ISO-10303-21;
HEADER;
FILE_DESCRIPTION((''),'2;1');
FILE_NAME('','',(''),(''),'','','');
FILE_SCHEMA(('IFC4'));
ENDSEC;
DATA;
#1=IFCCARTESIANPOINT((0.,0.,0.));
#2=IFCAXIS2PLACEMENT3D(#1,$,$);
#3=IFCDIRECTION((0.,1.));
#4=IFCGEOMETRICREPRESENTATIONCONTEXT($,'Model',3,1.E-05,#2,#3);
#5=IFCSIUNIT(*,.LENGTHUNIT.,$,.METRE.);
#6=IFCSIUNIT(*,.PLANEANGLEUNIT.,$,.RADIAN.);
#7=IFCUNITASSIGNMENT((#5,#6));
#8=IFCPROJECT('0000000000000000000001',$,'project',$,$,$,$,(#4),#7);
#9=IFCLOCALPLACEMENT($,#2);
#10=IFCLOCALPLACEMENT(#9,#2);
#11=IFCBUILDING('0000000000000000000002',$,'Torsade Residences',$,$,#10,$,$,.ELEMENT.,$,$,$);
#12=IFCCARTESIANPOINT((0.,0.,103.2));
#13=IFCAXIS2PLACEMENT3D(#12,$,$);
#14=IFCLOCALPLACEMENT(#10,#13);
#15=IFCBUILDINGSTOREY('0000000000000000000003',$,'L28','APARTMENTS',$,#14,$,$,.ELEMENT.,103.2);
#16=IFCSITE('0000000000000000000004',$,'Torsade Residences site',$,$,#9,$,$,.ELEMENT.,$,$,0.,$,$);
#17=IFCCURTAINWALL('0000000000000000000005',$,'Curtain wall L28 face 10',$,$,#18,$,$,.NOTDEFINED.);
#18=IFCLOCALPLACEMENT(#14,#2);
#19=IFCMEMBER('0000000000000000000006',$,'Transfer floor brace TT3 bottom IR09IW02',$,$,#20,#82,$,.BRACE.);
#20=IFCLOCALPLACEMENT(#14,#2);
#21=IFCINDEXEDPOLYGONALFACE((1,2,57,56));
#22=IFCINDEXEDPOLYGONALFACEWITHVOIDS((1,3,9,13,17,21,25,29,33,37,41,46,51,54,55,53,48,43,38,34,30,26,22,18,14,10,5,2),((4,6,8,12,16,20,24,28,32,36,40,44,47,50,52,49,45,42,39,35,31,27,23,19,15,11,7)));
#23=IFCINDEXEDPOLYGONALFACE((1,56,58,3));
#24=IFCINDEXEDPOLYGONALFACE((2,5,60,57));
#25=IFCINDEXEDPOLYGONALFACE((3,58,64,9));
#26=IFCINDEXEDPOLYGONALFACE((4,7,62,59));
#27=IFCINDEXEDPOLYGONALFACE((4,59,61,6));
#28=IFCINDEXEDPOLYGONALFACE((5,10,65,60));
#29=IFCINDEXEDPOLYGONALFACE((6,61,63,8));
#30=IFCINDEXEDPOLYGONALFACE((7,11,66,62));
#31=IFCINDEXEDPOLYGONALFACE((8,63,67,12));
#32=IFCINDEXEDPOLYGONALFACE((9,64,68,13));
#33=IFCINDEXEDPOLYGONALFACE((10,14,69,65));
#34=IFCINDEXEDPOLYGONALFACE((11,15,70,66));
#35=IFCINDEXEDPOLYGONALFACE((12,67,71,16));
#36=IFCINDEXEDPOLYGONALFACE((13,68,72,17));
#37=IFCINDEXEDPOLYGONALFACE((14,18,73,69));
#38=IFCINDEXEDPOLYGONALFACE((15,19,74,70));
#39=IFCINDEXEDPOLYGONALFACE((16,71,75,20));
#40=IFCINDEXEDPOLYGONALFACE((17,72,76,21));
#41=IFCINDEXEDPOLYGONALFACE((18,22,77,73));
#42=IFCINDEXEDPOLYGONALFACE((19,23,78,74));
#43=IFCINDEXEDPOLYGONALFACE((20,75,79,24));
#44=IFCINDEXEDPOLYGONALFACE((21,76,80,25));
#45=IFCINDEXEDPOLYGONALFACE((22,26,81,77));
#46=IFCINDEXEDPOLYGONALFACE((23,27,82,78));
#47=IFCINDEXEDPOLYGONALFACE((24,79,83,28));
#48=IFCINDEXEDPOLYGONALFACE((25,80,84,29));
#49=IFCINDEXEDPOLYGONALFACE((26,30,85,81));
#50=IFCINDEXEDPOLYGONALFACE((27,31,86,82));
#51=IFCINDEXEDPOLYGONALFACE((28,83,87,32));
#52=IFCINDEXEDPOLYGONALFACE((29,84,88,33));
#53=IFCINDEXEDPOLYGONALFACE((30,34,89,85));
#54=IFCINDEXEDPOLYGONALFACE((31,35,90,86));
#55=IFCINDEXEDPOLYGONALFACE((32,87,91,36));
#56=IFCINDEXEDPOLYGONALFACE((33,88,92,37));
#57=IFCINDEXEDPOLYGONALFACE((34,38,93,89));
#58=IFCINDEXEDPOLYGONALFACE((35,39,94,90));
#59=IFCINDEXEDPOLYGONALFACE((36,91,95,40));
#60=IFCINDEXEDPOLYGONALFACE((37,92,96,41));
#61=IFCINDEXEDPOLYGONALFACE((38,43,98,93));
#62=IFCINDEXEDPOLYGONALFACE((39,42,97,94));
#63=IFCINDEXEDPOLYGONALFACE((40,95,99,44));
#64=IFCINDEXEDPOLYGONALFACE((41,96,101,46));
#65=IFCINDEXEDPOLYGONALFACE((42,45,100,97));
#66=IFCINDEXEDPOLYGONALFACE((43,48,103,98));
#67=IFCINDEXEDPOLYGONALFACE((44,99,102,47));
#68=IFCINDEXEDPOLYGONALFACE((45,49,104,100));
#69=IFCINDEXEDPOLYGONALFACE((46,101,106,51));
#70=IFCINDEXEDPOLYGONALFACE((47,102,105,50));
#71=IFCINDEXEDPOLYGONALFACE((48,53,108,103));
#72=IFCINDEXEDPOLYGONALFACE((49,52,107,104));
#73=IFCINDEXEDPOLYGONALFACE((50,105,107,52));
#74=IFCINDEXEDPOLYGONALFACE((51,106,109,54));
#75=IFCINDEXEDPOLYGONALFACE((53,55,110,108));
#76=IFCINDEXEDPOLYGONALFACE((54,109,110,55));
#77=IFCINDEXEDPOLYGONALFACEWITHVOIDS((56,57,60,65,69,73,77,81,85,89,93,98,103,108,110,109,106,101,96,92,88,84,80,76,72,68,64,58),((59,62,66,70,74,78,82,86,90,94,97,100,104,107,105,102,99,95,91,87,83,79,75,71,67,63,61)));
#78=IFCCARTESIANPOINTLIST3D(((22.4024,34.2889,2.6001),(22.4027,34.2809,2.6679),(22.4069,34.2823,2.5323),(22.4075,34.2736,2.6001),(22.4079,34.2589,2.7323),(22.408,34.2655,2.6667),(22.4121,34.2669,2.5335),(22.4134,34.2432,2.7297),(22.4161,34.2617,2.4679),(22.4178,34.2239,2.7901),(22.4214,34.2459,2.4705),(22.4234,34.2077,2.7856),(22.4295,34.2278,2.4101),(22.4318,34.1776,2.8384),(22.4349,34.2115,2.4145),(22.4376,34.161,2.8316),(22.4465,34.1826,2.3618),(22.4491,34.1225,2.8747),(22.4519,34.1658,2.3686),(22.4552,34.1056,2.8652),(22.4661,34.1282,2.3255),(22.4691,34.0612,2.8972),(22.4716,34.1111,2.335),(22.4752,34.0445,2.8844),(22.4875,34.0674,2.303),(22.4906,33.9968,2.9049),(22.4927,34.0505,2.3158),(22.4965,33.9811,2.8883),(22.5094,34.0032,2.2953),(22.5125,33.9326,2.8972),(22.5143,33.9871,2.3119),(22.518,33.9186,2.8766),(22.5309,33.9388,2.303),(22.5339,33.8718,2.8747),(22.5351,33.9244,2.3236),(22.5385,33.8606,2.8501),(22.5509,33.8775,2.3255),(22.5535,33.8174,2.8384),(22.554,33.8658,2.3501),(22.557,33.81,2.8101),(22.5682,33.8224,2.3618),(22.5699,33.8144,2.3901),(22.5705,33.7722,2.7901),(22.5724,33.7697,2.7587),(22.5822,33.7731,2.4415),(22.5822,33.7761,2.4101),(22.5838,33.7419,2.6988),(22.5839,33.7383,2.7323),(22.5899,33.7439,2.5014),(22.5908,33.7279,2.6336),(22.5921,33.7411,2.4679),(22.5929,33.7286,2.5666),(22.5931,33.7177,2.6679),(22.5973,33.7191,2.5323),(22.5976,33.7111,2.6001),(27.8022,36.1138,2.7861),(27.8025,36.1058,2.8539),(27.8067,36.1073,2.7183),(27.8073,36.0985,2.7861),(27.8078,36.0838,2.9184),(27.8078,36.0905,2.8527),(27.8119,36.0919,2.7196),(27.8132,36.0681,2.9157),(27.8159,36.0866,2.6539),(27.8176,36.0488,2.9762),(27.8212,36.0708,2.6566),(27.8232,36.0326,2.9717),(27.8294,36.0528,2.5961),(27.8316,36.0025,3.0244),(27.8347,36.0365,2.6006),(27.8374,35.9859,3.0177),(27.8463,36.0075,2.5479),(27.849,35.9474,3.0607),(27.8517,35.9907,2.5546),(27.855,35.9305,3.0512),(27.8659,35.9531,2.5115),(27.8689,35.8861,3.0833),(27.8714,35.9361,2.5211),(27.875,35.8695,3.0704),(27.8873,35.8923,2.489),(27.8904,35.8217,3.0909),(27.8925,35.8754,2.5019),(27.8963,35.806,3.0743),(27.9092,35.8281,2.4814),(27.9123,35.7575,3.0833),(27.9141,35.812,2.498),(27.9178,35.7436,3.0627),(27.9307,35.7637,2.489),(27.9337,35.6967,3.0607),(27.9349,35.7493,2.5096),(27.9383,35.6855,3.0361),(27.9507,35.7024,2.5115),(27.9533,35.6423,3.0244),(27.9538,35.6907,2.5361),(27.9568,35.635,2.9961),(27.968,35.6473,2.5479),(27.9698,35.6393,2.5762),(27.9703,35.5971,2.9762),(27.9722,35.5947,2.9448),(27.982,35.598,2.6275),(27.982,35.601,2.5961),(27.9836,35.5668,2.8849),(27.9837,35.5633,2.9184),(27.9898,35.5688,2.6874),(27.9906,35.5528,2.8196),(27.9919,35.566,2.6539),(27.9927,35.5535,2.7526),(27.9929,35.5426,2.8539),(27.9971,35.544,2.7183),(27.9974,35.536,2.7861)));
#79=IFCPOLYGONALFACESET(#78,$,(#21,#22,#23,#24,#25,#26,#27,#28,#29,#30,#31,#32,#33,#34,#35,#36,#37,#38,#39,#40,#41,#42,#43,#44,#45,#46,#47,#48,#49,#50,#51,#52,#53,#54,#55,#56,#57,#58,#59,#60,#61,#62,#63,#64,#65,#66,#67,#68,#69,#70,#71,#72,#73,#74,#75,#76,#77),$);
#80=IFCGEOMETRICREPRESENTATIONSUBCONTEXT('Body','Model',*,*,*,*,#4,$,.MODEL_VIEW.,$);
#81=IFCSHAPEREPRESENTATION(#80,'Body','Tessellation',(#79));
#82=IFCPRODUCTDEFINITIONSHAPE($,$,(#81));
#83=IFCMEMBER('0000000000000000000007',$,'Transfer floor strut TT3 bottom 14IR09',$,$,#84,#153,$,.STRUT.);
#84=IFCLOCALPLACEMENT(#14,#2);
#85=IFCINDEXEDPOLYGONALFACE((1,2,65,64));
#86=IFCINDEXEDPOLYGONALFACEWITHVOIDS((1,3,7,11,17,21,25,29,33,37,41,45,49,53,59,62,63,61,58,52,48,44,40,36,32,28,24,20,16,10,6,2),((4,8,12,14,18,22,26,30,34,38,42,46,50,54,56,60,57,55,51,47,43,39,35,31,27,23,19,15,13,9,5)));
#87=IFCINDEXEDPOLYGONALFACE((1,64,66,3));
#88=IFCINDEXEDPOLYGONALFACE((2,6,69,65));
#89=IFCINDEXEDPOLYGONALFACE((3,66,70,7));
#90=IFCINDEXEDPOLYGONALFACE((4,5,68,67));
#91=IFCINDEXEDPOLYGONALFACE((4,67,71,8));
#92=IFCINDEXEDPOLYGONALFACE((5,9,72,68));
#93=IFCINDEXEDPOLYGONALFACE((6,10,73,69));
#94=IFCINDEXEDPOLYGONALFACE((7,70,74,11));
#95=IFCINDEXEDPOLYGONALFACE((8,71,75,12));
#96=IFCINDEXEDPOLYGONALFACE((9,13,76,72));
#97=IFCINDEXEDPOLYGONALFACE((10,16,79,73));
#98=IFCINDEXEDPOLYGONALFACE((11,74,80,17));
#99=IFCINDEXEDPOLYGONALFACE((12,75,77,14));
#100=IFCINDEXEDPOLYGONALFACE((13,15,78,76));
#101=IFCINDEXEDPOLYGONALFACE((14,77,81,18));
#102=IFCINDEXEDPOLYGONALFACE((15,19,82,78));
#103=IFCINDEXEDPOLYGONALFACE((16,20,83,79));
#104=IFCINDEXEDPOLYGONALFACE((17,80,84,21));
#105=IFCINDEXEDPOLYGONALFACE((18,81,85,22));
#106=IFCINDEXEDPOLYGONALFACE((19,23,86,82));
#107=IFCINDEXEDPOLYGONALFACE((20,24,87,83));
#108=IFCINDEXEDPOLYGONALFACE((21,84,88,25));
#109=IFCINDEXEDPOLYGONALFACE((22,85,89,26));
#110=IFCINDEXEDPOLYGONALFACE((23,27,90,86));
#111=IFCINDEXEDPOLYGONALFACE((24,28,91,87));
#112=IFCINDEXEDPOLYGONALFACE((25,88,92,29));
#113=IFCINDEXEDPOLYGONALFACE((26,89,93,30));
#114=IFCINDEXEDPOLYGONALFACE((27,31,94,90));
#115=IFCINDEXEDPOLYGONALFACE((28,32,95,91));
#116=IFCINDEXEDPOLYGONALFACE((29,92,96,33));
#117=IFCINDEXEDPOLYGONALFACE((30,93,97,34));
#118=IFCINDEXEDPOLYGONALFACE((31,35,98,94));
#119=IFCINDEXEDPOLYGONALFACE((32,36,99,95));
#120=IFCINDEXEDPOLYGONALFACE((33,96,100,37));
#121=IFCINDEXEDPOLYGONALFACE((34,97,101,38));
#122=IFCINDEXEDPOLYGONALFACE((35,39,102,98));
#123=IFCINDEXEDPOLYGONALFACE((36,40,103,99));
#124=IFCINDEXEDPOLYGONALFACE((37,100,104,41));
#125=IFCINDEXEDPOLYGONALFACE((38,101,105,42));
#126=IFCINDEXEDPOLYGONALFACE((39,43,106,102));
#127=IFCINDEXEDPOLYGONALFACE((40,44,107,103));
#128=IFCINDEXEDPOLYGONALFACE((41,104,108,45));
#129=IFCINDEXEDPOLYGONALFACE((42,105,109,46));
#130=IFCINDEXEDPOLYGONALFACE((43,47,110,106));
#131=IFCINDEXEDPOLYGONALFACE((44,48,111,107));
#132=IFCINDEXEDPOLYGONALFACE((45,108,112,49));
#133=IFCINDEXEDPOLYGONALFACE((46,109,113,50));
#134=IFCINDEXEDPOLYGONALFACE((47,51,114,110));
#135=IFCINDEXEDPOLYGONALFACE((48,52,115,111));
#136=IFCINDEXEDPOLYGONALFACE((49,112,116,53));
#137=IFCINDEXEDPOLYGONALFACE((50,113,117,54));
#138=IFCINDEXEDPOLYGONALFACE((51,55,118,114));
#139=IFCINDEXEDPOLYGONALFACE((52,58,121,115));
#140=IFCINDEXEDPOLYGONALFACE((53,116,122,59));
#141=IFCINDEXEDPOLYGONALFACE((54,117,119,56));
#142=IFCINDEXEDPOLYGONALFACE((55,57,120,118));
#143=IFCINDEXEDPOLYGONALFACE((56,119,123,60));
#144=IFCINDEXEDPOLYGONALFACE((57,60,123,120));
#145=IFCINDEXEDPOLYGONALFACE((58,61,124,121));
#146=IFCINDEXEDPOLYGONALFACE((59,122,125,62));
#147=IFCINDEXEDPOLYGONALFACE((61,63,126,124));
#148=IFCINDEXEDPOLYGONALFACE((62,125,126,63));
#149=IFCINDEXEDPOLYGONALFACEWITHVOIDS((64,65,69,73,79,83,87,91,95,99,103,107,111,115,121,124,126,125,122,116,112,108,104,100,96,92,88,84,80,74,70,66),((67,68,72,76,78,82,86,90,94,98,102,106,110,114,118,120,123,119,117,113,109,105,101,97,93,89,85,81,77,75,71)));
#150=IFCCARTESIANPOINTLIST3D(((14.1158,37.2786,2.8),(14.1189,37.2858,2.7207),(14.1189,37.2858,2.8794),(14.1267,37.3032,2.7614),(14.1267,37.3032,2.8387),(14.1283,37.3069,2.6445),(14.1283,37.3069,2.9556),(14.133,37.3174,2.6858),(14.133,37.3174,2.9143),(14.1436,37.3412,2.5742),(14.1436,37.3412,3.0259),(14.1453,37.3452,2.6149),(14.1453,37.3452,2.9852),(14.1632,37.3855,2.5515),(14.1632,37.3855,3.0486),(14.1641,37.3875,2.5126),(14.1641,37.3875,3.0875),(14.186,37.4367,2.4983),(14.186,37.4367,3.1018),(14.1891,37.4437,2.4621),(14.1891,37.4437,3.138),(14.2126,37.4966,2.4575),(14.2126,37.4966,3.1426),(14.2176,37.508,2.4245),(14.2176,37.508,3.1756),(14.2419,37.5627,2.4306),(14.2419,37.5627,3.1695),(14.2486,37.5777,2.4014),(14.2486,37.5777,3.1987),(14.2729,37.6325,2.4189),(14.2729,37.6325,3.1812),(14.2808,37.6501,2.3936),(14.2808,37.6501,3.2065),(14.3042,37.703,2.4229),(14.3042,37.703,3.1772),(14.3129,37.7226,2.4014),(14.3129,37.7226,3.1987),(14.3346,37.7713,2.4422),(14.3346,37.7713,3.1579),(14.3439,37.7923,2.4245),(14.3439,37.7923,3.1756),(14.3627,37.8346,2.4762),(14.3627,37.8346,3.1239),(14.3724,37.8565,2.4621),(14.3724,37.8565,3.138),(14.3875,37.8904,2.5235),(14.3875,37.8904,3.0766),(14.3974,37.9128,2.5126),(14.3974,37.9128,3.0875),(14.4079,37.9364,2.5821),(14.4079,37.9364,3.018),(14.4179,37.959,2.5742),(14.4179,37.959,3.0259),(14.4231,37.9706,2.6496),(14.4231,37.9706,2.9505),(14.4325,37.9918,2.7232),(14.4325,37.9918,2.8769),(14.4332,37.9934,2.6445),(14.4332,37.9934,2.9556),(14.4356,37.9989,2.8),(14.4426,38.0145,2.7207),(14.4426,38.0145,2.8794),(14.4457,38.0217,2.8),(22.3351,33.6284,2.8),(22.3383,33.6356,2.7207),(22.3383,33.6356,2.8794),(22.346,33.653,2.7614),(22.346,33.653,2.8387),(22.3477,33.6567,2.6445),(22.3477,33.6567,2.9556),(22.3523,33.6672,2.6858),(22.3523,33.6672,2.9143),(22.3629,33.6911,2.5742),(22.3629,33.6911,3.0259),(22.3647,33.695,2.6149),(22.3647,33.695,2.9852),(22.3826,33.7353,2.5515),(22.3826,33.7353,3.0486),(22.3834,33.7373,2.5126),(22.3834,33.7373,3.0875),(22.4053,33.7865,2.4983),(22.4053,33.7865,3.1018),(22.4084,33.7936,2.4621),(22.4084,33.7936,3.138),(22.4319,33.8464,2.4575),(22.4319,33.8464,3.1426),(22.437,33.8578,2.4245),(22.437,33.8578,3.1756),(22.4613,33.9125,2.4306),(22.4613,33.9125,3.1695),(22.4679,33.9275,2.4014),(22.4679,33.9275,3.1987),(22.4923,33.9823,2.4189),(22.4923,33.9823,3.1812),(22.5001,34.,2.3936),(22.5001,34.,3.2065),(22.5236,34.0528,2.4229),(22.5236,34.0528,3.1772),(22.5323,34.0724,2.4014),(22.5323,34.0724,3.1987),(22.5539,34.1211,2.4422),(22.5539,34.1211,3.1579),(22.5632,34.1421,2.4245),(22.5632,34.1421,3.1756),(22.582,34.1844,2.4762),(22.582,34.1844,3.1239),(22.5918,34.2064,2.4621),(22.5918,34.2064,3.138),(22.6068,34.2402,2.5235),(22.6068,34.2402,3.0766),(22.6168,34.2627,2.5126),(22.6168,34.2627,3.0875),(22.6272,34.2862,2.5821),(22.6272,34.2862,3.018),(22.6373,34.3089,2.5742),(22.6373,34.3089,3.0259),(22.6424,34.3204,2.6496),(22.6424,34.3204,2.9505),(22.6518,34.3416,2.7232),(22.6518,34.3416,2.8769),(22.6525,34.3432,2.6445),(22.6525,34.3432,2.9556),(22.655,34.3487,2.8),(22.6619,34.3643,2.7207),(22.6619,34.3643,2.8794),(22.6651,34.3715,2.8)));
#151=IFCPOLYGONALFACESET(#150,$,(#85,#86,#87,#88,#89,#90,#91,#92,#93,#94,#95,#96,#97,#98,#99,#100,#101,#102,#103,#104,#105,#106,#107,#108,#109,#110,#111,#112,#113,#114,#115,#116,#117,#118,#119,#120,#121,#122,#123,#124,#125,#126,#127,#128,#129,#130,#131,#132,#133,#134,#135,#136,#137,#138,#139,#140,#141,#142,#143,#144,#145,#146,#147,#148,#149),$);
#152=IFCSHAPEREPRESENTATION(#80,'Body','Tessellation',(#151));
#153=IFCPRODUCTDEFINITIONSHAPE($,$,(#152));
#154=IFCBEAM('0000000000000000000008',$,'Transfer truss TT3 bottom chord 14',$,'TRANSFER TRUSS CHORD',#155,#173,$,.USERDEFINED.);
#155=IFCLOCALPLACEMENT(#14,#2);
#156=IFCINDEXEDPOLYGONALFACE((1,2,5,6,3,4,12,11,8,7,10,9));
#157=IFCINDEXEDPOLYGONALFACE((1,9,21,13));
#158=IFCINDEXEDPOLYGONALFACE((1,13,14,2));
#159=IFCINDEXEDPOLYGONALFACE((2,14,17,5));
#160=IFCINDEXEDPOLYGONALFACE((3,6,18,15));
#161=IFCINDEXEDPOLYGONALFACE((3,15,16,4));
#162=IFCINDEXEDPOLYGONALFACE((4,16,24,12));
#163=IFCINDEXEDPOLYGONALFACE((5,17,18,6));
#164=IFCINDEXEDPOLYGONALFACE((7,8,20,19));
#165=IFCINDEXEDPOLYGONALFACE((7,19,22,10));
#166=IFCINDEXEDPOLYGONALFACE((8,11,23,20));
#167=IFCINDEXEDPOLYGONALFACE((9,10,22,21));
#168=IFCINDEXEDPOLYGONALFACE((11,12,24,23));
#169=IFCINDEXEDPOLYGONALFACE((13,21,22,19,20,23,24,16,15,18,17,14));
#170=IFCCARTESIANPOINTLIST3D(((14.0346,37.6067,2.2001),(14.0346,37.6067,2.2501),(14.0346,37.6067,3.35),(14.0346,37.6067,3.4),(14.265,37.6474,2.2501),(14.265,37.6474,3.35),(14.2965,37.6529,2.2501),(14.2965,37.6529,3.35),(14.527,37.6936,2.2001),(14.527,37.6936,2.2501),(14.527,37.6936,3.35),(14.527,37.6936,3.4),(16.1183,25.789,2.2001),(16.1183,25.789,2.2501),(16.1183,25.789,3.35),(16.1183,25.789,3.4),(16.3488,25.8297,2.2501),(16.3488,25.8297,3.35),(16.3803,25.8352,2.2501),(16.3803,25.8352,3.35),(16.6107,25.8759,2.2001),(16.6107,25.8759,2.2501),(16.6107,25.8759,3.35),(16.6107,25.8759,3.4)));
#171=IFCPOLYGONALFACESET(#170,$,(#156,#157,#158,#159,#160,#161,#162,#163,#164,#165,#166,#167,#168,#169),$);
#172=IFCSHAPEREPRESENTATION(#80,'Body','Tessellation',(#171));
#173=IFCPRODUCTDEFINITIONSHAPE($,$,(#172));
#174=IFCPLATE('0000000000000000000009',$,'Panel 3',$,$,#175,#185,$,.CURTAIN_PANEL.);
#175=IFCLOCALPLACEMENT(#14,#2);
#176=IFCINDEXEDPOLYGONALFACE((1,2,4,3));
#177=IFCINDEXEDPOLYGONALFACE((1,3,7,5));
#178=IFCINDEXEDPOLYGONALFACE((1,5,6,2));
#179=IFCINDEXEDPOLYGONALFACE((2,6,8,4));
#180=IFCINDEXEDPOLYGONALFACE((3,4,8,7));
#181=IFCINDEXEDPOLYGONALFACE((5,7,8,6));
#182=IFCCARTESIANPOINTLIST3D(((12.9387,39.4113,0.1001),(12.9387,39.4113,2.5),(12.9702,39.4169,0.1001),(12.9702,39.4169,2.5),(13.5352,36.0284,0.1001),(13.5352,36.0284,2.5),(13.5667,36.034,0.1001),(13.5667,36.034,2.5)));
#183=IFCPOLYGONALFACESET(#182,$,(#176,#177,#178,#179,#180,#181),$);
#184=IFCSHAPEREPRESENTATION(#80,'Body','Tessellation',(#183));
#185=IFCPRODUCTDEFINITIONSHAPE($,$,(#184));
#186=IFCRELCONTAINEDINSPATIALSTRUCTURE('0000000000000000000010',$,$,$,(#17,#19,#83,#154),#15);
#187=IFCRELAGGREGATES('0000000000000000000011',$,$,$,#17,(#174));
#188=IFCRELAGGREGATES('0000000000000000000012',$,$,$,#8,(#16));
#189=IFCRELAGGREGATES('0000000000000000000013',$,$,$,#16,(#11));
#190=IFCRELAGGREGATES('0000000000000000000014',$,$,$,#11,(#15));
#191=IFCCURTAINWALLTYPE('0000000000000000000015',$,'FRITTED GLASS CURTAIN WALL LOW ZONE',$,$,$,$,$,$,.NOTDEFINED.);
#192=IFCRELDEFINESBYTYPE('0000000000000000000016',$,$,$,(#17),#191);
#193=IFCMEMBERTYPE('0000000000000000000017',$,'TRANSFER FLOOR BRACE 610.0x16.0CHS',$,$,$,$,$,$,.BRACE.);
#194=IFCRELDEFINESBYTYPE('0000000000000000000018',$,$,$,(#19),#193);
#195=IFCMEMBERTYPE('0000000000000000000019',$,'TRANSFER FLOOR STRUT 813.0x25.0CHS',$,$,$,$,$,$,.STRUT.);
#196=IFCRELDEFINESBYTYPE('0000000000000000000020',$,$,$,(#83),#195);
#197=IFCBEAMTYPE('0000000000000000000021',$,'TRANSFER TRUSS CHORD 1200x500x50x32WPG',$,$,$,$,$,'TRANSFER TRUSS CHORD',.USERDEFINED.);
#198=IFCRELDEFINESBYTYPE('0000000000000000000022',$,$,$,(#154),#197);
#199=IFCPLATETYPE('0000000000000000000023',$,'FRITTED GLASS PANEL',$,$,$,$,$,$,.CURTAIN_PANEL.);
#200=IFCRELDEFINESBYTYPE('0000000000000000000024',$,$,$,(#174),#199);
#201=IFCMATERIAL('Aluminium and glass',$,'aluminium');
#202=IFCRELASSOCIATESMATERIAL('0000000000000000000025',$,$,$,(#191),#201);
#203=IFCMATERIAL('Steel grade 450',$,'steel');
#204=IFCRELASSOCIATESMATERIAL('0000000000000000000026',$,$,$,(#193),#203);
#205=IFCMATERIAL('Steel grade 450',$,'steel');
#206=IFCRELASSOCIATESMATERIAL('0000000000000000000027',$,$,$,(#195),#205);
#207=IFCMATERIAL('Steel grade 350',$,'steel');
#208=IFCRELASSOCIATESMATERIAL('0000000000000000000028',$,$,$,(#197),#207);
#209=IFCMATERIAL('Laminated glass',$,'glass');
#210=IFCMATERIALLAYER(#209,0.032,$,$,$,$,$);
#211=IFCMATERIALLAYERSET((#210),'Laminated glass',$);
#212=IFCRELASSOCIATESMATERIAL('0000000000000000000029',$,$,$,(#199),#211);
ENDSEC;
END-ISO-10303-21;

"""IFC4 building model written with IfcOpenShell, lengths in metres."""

from ifc_helpers import new_model, si_unit, direction, frame, origin, origin_2d, place, context, subcontext, project, spatial, rectangle, hollow_circle, i_section, extrude, material, layer, layer_set, material_profile, profile_set, type_object, element, aggregate, save


model = new_model("IFC4")

# Units and contexts
model_context = context("Model", 3, precision=1e-05, world=origin(), true_north=direction((0.0, 1.0)))
body_context = subcontext(model_context, "Body", "Model", "MODEL_VIEW")
ifc_project = project(units=[si_unit("LENGTHUNIT", "METRE"), si_unit("PLANEANGLEUNIT", "RADIAN")], contexts=[model_context])

# Site, building, storey
site_placement = place(None, origin())
site = spatial("IfcSite", under=ifc_project, at=site_placement, Name="Torsade Residences site", CompositionType="ELEMENT", RefElevation=0.0)
building_placement = place(site_placement, origin())
building = spatial("IfcBuilding", under=site, at=building_placement, Name="Torsade Residences", CompositionType="ELEMENT")
storey_placement = place(building_placement, frame((0.0, 0.0, 103.2)))
storey = spatial("IfcBuildingStorey", under=building, at=storey_placement, Name="L28", Description="APARTMENTS", CompositionType="ELEMENT", Elevation=103.2)

# Curtain wall
ifc_material_1 = material(Name="Aluminium and glass", Category="aluminium")
curtain_wall_type = type_object("IfcCurtainWallType", Name="FRITTED GLASS CURTAIN WALL LOW ZONE", PredefinedType="NOTDEFINED", material=ifc_material_1)
curtain_wall_placement = place(storey_placement, origin())
curtain_wall = element("IfcCurtainWall", 1, at=curtain_wall_placement, inside=storey, type_object=curtain_wall_type, Name="Curtain wall L28 face 10", PredefinedType="NOTDEFINED")

# Members
ifc_material_2 = material(Name="Steel grade 450", Category="steel")
ifc_material_profile_1 = material_profile(ifc_material_2, hollow_circle(Radius=0.3049, WallThickness=0.0161, at=origin_2d()), Name="610.0x16.0CHS")
ifc_profile_set_1 = profile_set([ifc_material_profile_1], Name="Steel grade 450")
member_type_1 = type_object("IfcMemberType", Name="TRANSFER FLOOR BRACE 610.0x16.0CHS", PredefinedType="BRACE", material=ifc_profile_set_1)
member_1_placement = place(storey_placement, frame((22.5, 34.0, 2.6001), z_axis=(0.946856, 0.319999, 0.032621), x_axis=(-0.32017, 0.94736, 0.0)))
element("IfcMember", 2, at=member_1_placement, inside=storey, type_object=member_type_1, Name="Transfer floor brace TT3 bottom IR09IW02", PredefinedType="BRACE", context=body_context, shape_type="SweptSolid", body=[
    extrude(hollow_circle(Radius=0.3049, WallThickness=0.0161, at=origin_2d()), origin(), (0.0, 0.0, 1.0), 5.7029),
])
ifc_material_3 = material(Name="Steel grade 450", Category="steel")
ifc_material_profile_2 = material_profile(ifc_material_3, hollow_circle(Radius=0.4065, WallThickness=0.0249, at=origin_2d()), Name="813.0x25.0CHS")
ifc_profile_set_2 = profile_set([ifc_material_profile_2], Name="Steel grade 450")
member_type_2 = type_object("IfcMemberType", Name="TRANSFER FLOOR STRUT 813.0x25.0CHS", PredefinedType="STRUT", material=ifc_profile_set_2)
member_2_placement = place(storey_placement, frame((14.2808, 37.6501, 2.8), z_axis=(0.913929, -0.405874, 0.0), x_axis=(0.405874, 0.913929, 0.0)))
element("IfcMember", 3, at=member_2_placement, inside=storey, type_object=member_type_2, Name="Transfer floor strut TT3 bottom 14IR09", PredefinedType="STRUT", context=body_context, shape_type="SweptSolid", body=[
    extrude(hollow_circle(Radius=0.4065, WallThickness=0.0249, at=origin_2d()), origin(), (0.0, 0.0, 1.0), 8.9934),
])

# Beam
ifc_material_4 = material(Name="Steel grade 350", Category="steel")
ifc_material_profile_3 = material_profile(ifc_material_4, i_section(OverallWidth=0.5, OverallDepth=1.2, WebThickness=0.032, FlangeThickness=0.05, at=origin_2d()), Name="1200x500x50x32WPG")
ifc_profile_set_3 = profile_set([ifc_material_profile_3], Name="Steel grade 350")
beam_type_1 = type_object("IfcBeamType", Name="TRANSFER TRUSS CHORD 1200x500x50x32WPG", ElementType="TRANSFER TRUSS CHORD", PredefinedType="USERDEFINED", material=ifc_profile_set_3)
beam_1_placement = place(storey_placement, frame((14.2808, 37.6501, 2.8), z_axis=(0.173646, -0.984808, 0.0), x_axis=(0.984808, 0.173646, 0.0)))
element("IfcBeam", 4, at=beam_1_placement, inside=storey, type_object=beam_type_1, Name="Transfer truss TT3 bottom chord 14", ObjectType="TRANSFER TRUSS CHORD", PredefinedType="USERDEFINED", context=body_context, shape_type="SweptSolid", body=[
    extrude(i_section(OverallWidth=0.5, OverallDepth=1.2, WebThickness=0.032, FlangeThickness=0.05, at=origin_2d()), origin(), (0.0, 0.0, 1.0), 12.0),
])

# Plate
ifc_material_5 = material(Name="Laminated glass", Category="glass")
ifc_layer_1 = layer(ifc_material_5, 0.032)
ifc_layer_set_1 = layer_set([ifc_layer_1], Name="Laminated glass")
plate_type_1 = type_object("IfcPlateType", Name="FRITTED GLASS PANEL", PredefinedType="CURTAIN_PANEL", material=ifc_layer_set_1)
plate_1_placement = place(storey_placement, frame((13.2527, 37.7227, 0.1001), z_axis=(0.0, 0.0, 1.0), x_axis=(0.173648, -0.984808, 0.0)))
plate_1 = element("IfcPlate", 5, at=plate_1_placement, type_object=plate_type_1, Name="Panel 3", PredefinedType="CURTAIN_PANEL", context=body_context, shape_type="SweptSolid", body=[
    extrude(rectangle(XDim=3.4351, YDim=0.032, at=origin_2d()), origin(), (0.0, 0.0, 1.0), 2.3999),
])
aggregate(curtain_wall, [plate_1])

save(model, "model.ifc")
